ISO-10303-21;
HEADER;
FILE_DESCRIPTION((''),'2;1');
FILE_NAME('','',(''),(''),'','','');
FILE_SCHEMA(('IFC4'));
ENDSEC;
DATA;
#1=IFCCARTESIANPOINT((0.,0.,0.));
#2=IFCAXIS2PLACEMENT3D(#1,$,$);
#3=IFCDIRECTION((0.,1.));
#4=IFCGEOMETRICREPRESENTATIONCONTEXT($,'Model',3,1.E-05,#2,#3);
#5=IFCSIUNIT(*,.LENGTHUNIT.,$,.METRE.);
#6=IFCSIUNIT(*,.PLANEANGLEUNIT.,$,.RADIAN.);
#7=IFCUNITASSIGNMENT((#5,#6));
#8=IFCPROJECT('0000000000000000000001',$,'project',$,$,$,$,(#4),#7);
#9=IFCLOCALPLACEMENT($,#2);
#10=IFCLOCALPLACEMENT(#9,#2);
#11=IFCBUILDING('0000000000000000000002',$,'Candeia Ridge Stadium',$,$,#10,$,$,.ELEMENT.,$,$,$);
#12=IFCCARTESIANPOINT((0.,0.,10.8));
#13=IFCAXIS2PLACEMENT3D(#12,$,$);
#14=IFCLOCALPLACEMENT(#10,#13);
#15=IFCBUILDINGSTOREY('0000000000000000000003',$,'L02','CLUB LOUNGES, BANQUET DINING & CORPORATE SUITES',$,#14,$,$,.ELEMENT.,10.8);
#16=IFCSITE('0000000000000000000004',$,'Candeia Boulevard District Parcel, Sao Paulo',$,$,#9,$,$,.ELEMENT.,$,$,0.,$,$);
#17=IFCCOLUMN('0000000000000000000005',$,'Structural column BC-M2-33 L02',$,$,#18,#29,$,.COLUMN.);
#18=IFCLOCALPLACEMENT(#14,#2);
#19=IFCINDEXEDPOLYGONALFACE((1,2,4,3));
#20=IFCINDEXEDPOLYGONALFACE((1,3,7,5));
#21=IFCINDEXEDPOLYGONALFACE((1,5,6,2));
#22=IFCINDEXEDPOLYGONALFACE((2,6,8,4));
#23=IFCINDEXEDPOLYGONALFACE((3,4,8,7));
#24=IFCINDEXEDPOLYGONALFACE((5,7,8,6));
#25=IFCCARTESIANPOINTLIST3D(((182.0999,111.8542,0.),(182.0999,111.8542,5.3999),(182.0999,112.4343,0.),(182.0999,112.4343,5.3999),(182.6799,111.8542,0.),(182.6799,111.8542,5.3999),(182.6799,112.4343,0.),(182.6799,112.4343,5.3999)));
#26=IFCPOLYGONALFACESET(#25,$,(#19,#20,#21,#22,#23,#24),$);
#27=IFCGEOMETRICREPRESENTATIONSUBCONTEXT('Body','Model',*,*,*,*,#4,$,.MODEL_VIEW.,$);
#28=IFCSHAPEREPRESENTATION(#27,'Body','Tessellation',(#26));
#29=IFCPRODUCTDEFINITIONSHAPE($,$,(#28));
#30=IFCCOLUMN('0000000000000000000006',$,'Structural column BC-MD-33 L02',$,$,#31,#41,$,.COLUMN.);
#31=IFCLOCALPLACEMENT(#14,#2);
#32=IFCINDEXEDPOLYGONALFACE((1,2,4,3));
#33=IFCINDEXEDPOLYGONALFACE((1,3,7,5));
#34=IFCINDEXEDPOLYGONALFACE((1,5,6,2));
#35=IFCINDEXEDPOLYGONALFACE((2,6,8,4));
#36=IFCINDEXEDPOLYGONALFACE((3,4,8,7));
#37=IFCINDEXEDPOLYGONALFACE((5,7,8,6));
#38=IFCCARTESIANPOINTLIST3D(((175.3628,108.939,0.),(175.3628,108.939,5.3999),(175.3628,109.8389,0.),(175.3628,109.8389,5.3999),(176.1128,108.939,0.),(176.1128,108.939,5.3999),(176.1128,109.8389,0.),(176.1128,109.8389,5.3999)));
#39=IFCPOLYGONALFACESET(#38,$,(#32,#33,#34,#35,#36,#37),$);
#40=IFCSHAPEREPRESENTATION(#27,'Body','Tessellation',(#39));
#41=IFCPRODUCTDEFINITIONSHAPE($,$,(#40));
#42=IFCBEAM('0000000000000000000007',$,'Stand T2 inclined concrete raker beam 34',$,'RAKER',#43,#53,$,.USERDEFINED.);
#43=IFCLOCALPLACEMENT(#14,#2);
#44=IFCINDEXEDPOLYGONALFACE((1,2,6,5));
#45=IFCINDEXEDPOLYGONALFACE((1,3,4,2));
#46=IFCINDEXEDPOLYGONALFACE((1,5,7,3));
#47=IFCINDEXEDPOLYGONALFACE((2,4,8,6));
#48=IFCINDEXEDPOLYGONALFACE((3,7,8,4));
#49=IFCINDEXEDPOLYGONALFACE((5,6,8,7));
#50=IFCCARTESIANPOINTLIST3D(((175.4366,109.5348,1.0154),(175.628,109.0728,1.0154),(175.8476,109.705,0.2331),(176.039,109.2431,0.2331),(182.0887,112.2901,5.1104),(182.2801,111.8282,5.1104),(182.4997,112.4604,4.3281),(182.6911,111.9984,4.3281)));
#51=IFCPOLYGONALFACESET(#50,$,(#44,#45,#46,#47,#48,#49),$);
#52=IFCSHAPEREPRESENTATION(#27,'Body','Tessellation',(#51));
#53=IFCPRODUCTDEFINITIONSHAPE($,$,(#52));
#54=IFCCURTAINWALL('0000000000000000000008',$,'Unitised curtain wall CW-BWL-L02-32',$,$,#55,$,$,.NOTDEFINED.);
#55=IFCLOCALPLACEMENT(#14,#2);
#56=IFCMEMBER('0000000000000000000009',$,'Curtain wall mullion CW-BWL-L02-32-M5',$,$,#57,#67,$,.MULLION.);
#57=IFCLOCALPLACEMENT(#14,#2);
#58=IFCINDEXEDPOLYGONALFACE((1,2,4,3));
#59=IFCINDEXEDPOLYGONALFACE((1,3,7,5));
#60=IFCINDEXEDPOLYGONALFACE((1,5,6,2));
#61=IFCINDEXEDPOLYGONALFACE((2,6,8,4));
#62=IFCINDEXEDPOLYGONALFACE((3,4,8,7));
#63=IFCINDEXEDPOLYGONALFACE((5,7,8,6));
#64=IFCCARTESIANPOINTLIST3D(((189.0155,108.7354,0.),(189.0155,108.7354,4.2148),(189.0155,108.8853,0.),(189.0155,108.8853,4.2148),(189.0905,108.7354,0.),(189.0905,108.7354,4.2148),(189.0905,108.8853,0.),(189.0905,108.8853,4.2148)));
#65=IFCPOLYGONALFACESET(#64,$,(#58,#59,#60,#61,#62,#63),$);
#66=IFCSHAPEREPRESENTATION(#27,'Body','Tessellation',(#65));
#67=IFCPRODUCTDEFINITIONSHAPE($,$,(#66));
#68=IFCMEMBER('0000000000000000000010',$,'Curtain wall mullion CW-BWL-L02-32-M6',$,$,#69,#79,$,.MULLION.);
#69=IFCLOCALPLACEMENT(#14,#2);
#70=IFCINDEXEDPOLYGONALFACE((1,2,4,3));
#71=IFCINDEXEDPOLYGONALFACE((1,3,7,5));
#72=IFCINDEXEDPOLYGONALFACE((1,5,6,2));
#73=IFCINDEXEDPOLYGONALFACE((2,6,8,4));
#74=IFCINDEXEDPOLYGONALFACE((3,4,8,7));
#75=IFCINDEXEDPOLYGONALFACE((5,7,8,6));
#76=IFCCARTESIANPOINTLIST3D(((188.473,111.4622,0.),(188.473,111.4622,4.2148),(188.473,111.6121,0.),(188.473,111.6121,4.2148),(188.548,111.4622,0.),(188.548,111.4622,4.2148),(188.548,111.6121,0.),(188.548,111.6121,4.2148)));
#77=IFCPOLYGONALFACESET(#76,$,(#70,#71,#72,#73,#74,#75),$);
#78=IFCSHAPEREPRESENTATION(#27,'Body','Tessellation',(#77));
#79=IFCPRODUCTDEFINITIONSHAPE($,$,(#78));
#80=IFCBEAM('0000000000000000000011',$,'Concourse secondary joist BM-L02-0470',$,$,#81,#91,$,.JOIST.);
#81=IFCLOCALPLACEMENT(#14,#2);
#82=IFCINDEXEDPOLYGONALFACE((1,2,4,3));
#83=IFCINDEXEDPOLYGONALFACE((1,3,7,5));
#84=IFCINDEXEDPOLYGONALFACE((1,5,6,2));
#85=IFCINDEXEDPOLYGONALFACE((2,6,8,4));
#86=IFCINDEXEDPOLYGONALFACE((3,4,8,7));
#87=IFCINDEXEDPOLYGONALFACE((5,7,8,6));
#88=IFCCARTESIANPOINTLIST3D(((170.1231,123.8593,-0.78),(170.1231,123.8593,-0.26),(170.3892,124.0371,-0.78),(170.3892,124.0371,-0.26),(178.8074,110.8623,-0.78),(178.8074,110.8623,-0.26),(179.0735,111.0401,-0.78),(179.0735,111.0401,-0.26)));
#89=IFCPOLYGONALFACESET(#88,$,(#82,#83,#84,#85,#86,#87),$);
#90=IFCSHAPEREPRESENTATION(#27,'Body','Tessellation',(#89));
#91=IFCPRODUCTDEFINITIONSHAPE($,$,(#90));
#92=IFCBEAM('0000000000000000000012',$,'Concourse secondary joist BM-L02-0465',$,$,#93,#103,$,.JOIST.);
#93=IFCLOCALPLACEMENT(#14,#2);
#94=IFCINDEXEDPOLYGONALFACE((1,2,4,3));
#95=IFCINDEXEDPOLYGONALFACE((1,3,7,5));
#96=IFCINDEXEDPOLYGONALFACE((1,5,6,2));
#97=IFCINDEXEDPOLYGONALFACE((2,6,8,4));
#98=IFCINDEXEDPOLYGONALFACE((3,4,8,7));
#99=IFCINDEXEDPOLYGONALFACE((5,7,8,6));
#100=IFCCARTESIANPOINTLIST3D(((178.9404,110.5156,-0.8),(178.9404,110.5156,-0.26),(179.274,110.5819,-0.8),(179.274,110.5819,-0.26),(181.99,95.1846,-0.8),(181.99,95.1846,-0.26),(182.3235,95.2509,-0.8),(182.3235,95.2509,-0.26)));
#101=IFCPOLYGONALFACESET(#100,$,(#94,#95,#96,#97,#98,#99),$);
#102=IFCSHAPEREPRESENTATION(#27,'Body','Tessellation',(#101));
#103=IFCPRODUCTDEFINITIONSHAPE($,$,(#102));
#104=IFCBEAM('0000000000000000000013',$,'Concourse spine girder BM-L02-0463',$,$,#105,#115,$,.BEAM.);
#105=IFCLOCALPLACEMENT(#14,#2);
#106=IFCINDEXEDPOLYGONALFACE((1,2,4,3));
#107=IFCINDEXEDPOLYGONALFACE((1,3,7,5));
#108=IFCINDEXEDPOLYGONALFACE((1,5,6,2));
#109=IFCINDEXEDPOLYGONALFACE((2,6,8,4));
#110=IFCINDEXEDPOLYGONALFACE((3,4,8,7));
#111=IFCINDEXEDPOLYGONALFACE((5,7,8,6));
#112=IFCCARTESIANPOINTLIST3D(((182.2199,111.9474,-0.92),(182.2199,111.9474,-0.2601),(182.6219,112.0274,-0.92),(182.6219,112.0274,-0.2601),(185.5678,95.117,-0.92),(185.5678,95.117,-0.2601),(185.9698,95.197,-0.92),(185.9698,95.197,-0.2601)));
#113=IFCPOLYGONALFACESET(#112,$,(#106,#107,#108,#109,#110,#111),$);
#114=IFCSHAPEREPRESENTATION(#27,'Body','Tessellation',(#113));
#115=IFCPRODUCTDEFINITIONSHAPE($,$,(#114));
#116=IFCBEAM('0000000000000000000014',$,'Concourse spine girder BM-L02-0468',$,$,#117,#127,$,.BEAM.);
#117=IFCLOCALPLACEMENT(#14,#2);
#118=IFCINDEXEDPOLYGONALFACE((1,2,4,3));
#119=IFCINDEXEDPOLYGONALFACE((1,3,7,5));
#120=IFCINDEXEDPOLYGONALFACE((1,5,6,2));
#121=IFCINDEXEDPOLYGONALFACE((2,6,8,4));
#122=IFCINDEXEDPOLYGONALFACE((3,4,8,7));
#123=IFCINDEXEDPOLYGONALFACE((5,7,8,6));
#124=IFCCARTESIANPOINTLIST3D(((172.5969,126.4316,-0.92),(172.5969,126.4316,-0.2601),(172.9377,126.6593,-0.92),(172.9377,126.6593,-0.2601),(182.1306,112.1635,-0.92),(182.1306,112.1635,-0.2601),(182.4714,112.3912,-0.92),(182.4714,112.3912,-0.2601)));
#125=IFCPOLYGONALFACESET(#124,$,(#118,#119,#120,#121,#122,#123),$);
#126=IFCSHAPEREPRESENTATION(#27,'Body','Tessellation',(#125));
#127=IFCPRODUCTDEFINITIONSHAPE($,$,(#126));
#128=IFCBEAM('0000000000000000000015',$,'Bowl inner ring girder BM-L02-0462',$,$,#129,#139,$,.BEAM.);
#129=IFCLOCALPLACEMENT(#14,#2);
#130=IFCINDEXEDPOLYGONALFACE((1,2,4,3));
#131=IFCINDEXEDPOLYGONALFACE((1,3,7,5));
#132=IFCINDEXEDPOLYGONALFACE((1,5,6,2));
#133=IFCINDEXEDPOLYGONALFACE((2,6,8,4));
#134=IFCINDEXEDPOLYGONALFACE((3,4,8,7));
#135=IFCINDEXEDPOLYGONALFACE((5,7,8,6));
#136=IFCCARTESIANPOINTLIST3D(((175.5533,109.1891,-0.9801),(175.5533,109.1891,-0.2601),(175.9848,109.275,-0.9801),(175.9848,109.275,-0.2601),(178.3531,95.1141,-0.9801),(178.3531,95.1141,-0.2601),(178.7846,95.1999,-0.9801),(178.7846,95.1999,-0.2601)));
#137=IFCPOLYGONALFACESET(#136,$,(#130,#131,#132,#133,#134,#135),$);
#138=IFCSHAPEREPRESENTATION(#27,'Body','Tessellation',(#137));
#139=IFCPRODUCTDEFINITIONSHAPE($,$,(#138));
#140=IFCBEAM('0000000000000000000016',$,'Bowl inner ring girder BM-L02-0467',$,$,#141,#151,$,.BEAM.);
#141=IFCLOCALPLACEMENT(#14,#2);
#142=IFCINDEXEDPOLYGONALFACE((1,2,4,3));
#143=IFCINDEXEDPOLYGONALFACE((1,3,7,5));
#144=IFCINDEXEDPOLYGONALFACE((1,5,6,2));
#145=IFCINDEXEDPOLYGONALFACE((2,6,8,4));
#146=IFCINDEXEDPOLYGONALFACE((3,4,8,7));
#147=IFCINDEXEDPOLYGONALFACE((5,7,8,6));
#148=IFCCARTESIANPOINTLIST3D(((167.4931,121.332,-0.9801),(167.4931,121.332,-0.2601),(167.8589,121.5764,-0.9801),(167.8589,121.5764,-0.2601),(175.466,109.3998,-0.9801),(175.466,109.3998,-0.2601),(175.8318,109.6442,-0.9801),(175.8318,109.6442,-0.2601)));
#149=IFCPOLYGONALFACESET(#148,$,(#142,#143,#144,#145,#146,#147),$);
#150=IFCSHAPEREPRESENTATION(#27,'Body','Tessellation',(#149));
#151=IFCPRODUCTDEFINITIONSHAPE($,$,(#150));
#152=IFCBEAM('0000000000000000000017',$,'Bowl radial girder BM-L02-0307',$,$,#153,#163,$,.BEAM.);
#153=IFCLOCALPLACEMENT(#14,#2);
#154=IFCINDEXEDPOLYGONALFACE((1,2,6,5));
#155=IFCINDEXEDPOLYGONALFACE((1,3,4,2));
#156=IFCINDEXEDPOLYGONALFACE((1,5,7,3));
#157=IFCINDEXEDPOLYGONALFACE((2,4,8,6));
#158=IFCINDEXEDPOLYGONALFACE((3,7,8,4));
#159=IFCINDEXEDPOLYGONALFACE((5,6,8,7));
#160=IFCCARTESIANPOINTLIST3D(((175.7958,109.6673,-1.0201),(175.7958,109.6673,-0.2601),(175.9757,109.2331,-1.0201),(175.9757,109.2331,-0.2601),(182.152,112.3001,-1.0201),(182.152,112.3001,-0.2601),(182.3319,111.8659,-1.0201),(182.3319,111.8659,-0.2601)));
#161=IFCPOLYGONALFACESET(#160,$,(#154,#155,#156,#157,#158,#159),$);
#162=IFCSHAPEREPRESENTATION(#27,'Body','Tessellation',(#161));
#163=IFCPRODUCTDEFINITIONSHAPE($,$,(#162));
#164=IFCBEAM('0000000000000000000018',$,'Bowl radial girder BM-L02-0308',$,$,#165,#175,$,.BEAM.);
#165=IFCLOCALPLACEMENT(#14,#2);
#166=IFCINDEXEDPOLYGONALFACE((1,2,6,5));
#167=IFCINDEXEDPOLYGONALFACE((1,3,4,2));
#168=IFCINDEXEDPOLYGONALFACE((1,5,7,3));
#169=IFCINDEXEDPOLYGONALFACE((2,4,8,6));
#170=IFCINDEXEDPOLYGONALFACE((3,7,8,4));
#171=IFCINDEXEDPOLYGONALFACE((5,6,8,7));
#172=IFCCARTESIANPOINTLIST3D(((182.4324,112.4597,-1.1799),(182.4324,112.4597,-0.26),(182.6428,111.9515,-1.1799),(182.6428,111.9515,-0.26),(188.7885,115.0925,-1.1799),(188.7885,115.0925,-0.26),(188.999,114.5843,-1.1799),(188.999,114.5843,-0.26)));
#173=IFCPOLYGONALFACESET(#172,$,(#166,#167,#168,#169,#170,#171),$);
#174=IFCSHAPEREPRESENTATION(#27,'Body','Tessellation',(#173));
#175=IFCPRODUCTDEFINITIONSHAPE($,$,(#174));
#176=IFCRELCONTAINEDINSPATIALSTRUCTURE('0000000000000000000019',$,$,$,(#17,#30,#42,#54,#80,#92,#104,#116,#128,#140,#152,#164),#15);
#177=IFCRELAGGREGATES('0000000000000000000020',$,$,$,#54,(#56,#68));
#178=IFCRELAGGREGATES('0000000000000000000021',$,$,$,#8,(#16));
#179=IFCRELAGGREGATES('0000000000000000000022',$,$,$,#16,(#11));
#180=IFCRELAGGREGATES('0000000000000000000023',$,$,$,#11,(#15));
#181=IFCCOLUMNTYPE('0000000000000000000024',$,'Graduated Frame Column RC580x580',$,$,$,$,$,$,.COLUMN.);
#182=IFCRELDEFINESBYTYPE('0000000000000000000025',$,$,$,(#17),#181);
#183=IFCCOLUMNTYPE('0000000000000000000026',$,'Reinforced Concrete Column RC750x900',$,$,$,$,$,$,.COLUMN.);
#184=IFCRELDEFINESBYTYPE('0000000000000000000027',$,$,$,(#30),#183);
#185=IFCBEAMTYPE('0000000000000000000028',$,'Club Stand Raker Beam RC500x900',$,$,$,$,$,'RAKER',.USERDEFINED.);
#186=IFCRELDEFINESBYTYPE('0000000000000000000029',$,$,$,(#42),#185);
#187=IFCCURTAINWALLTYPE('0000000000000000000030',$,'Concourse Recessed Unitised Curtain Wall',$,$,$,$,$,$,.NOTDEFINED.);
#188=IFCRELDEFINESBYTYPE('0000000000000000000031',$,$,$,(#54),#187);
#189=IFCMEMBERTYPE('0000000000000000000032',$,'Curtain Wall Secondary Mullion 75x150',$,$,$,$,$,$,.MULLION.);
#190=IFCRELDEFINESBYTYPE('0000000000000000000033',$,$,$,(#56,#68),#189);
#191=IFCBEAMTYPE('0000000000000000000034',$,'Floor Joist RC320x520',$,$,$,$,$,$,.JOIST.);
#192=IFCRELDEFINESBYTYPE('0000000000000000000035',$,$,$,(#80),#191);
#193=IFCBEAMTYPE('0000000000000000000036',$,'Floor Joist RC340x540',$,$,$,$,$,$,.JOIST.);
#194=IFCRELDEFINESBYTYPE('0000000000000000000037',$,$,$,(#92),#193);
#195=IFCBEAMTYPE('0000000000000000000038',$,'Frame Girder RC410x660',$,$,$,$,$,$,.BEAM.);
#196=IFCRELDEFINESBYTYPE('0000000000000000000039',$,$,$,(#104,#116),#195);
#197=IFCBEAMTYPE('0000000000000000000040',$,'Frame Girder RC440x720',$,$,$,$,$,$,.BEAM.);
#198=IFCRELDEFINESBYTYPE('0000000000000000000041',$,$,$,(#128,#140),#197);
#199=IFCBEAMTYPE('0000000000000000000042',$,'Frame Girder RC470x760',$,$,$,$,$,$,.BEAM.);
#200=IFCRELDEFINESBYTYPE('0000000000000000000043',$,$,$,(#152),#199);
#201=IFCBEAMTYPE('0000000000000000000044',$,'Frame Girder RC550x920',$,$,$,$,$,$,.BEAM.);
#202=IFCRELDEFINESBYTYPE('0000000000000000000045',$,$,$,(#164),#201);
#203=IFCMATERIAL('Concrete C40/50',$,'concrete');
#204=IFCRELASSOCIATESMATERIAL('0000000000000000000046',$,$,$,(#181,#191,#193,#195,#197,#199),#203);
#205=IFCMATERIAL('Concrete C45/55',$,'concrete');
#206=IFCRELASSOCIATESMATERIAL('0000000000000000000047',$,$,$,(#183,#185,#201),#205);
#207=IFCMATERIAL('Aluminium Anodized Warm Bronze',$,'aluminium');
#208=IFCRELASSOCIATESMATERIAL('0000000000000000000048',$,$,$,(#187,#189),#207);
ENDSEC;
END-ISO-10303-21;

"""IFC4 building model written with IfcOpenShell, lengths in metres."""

from ifc_helpers import new_model, si_unit, direction, frame, origin, origin_2d, place, context, subcontext, project, spatial, rectangle, extrude, material, material_profile, profile_set, type_object, element, aggregate, save


model = new_model("IFC4")

# Units and contexts
model_context = context("Model", 3, precision=1e-05, world=origin(), true_north=direction((0.0, 1.0)))
body_context = subcontext(model_context, "Body", "Model", "MODEL_VIEW")
ifc_project = project(units=[si_unit("LENGTHUNIT", "METRE"), si_unit("PLANEANGLEUNIT", "RADIAN")], contexts=[model_context])

# Site, building, storey
site_placement = place(None, origin())
site = spatial("IfcSite", under=ifc_project, at=site_placement, Name="Candeia Boulevard District Parcel, Sao Paulo", CompositionType="ELEMENT", RefElevation=0.0)
building_placement = place(site_placement, origin())
building = spatial("IfcBuilding", under=site, at=building_placement, Name="Candeia Ridge Stadium", CompositionType="ELEMENT")
storey_placement = place(building_placement, frame((0.0, 0.0, 10.8)))
storey = spatial("IfcBuildingStorey", under=building, at=storey_placement, Name="L02", Description="CLUB LOUNGES, BANQUET DINING & CORPORATE SUITES", CompositionType="ELEMENT", Elevation=10.8)

# Columns
ifc_material_1 = material(Name="Concrete C40/50", Category="concrete")
ifc_material_profile_1 = material_profile(ifc_material_1, rectangle(XDim=0.5801, YDim=0.5801, at=origin_2d()), Name="RC580x580", Category="concrete")
ifc_profile_set_1 = profile_set([ifc_material_profile_1], Name="Concrete C40/50")
column_type_1 = type_object("IfcColumnType", Name="Graduated Frame Column RC580x580", PredefinedType="COLUMN", material=ifc_profile_set_1)
column_1_placement = place(storey_placement, frame((182.3899, 112.1443, 0.0), z_axis=(0.0, 0.0, 1.0), x_axis=(1.0, 0.0, 0.0)))
element("IfcColumn", 1, at=column_1_placement, inside=storey, type_object=column_type_1, Name="Structural column BC-M2-33 L02", PredefinedType="COLUMN", context=body_context, shape_type="SweptSolid", body=[
    extrude(rectangle(XDim=0.5801, YDim=0.5801, at=origin_2d()), origin(), (0.0, 0.0, 1.0), 5.3999),
])
ifc_material_2 = material(Name="Concrete C45/55", Category="concrete")
ifc_material_profile_2 = material_profile(ifc_material_2, rectangle(XDim=0.75, YDim=0.8999, at=origin_2d()), Name="RC750x900", Category="concrete")
ifc_profile_set_2 = profile_set([ifc_material_profile_2], Name="Concrete C45/55")
column_type_2 = type_object("IfcColumnType", Name="Reinforced Concrete Column RC750x900", PredefinedType="COLUMN", material=ifc_profile_set_2)
column_2_placement = place(storey_placement, frame((175.7378, 109.3889, 0.0), z_axis=(0.0, 0.0, 1.0), x_axis=(1.0, 0.0, 0.0)))
element("IfcColumn", 2, at=column_2_placement, inside=storey, type_object=column_type_2, Name="Structural column BC-MD-33 L02", PredefinedType="COLUMN", context=body_context, shape_type="SweptSolid", body=[
    extrude(rectangle(XDim=0.75, YDim=0.8999, at=origin_2d()), origin(), (0.0, 0.0, 1.0), 5.3999),
])

# Beam
ifc_material_profile_3 = material_profile(ifc_material_2, rectangle(XDim=0.5, YDim=0.8999, at=origin_2d()), Name="RC500x900", Category="concrete")
ifc_profile_set_3 = profile_set([ifc_material_profile_3], Name="Concrete C45/55")
beam_type_1 = type_object("IfcBeamType", Name="Club Stand Raker Beam RC500x900", ElementType="RAKER", PredefinedType="USERDEFINED", material=ifc_profile_set_3)
beam_1_placement = place(storey_placement, frame((175.7378, 109.3889, 0.6243), z_axis=(0.803084, 0.332646, 0.494371), x_axis=(-0.382681, 0.92388, 0.0)))
element("IfcBeam", 3, at=beam_1_placement, inside=storey, type_object=beam_type_1, Name="Stand T2 inclined concrete raker beam 34", ObjectType="RAKER", PredefinedType="USERDEFINED", context=body_context, shape_type="SweptSolid", body=[
    extrude(rectangle(XDim=0.5, YDim=0.8999, at=origin_2d()), origin(), (0.0, 0.0, 1.0), 8.2832),
])

# Curtain wall, members
ifc_material_3 = material(Name="Aluminium Anodized Warm Bronze", Category="aluminium")
curtain_wall_type = type_object("IfcCurtainWallType", Name="Concourse Recessed Unitised Curtain Wall", PredefinedType="NOTDEFINED", material=ifc_material_3)
curtain_wall_placement = place(storey_placement, origin())
curtain_wall = element("IfcCurtainWall", 4, at=curtain_wall_placement, inside=storey, type_object=curtain_wall_type, Name="Unitised curtain wall CW-BWL-L02-32", PredefinedType="NOTDEFINED")
ifc_material_profile_4 = material_profile(ifc_material_3, rectangle(XDim=0.075, YDim=0.1499, at=origin_2d()), Name="CWM-75x150", Category="aluminium")
ifc_profile_set_4 = profile_set([ifc_material_profile_4], Name="Aluminium Anodized Warm Bronze")
member_type = type_object("IfcMemberType", Name="Curtain Wall Secondary Mullion 75x150", PredefinedType="MULLION", material=ifc_profile_set_4)
member_1_placement = place(storey_placement, frame((189.053, 108.8103, 0.0), z_axis=(0.0, 0.0, 1.0), x_axis=(1.0, 0.0, 0.0)))
member_1 = element("IfcMember", 5, at=member_1_placement, type_object=member_type, Name="Curtain wall mullion CW-BWL-L02-32-M5", PredefinedType="MULLION", context=body_context, shape_type="SweptSolid", body=[
    extrude(rectangle(XDim=0.075, YDim=0.1499, at=origin_2d()), origin(), (0.0, 0.0, 1.0), 4.2148),
])
member_2_placement = place(storey_placement, frame((188.5105, 111.5371, 0.0), z_axis=(0.0, 0.0, 1.0), x_axis=(1.0, 0.0, 0.0)))
member_2 = element("IfcMember", 6, at=member_2_placement, type_object=member_type, Name="Curtain wall mullion CW-BWL-L02-32-M6", PredefinedType="MULLION", context=body_context, shape_type="SweptSolid", body=[
    extrude(rectangle(XDim=0.075, YDim=0.1499, at=origin_2d()), origin(), (0.0, 0.0, 1.0), 4.2148),
])

# Beams
ifc_material_profile_5 = material_profile(ifc_material_1, rectangle(XDim=0.3201, YDim=0.52, at=origin_2d()), Name="RC320x520", Category="concrete")
ifc_profile_set_5 = profile_set([ifc_material_profile_5], Name="Concrete C40/50")
beam_type_2 = type_object("IfcBeamType", Name="Floor Joist RC320x520", PredefinedType="JOIST", material=ifc_profile_set_5)
beam_2_placement = place(storey_placement, frame((178.9404, 110.9512, -0.52), z_axis=(-0.555569, 0.831471, 0.0), x_axis=(-0.831471, -0.555569, 0.0)))
element("IfcBeam", 7, at=beam_2_placement, inside=storey, type_object=beam_type_2, Name="Concourse secondary joist BM-L02-0470", PredefinedType="JOIST", context=body_context, shape_type="SweptSolid", body=[
    extrude(rectangle(XDim=0.3201, YDim=0.52, at=origin_2d()), origin(), (0.0, 0.0, 1.0), 15.6313),
])
ifc_material_profile_6 = material_profile(ifc_material_1, rectangle(XDim=0.3401, YDim=0.54, at=origin_2d()), Name="RC340x540", Category="concrete")
ifc_profile_set_6 = profile_set([ifc_material_profile_6], Name="Concrete C40/50")
beam_type_3 = type_object("IfcBeamType", Name="Floor Joist RC340x540", PredefinedType="JOIST", material=ifc_profile_set_6)
beam_3_placement = place(storey_placement, frame((182.1567, 95.2178, -0.53), z_axis=(-0.195092, 0.980785, 0.0), x_axis=(-0.980785, -0.195092, 0.0)))
element("IfcBeam", 8, at=beam_3_placement, inside=storey, type_object=beam_type_3, Name="Concourse secondary joist BM-L02-0465", PredefinedType="JOIST", context=body_context, shape_type="SweptSolid", body=[
    extrude(rectangle(XDim=0.3401, YDim=0.54, at=origin_2d()), origin(), (0.0, 0.0, 1.0), 15.6313),
])
ifc_material_profile_7 = material_profile(ifc_material_1, rectangle(XDim=0.4099, YDim=0.6599, at=origin_2d()), Name="RC410x660", Category="concrete")
ifc_profile_set_7 = profile_set([ifc_material_profile_7], Name="Concrete C40/50")
beam_type_4 = type_object("IfcBeamType", Name="Frame Girder RC410x660", PredefinedType="BEAM", material=ifc_profile_set_7)
for number, where, z_axis, x_axis, name in (
    (9, (185.7688, 95.157, -0.5901), (-0.195098, 0.980784, 0.0), (-0.980784, -0.195098, 0.0), "Concourse spine girder BM-L02-0463"),
    (10, (182.301, 112.2773, -0.5901), (-0.555573, 0.831468, 0.0), (-0.831468, -0.555573, 0.0), "Concourse spine girder BM-L02-0468"),
):
    element("IfcBeam", number, at=place(storey_placement, frame(where, z_axis=z_axis, x_axis=x_axis)), inside=storey, type_object=beam_type_4, Name=name, PredefinedType="BEAM", context=body_context, shape_type="SweptSolid", body=[
        extrude(rectangle(XDim=0.4099, YDim=0.6599, at=origin_2d()), origin(), (0.0, 0.0, 1.0), 17.1602),
    ])
ifc_material_profile_8 = material_profile(ifc_material_1, rectangle(XDim=0.4399, YDim=0.72, at=origin_2d()), Name="RC440x720", Category="concrete")
ifc_profile_set_8 = profile_set([ifc_material_profile_8], Name="Concrete C40/50")
beam_type_5 = type_object("IfcBeamType", Name="Frame Girder RC440x720", PredefinedType="BEAM", material=ifc_profile_set_8)
for number, where, z_axis, x_axis, name in (
    (11, (178.5688, 95.157, -0.6201), (-0.195099, 0.980784, 0.0), (-0.980784, -0.195099, 0.0), "Bowl inner ring girder BM-L02-0462"),
    (12, (175.6489, 109.522, -0.6201), (-0.555575, 0.831466, 0.0), (-0.831466, -0.555575, 0.0), "Bowl inner ring girder BM-L02-0467"),
):
    element("IfcBeam", number, at=place(storey_placement, frame(where, z_axis=z_axis, x_axis=x_axis)), inside=storey, type_object=beam_type_5, Name=name, PredefinedType="BEAM", context=body_context, shape_type="SweptSolid", body=[
        extrude(rectangle(XDim=0.4399, YDim=0.72, at=origin_2d()), origin(), (0.0, 0.0, 1.0), 14.3508),
    ])
ifc_material_profile_9 = material_profile(ifc_material_1, rectangle(XDim=0.47, YDim=0.76, at=origin_2d()), Name="RC470x760", Category="concrete")
ifc_profile_set_9 = profile_set([ifc_material_profile_9], Name="Concrete C40/50")
beam_type_6 = type_object("IfcBeamType", Name="Frame Girder RC470x760", PredefinedType="BEAM", material=ifc_profile_set_9)
beam_4_placement = place(storey_placement, frame((175.8857, 109.4502, -0.6401), z_axis=(0.92388, 0.382682, 0.0), x_axis=(-0.382682, 0.92388, 0.0)))
element("IfcBeam", 13, at=beam_4_placement, inside=storey, type_object=beam_type_6, Name="Bowl radial girder BM-L02-0307", PredefinedType="BEAM", context=body_context, shape_type="SweptSolid", body=[
    extrude(rectangle(XDim=0.47, YDim=0.76, at=origin_2d()), origin(), (0.0, 0.0, 1.0), 6.8799),
])
ifc_material_profile_10 = material_profile(ifc_material_2, rectangle(XDim=0.55, YDim=0.9199, at=origin_2d()), Name="RC550x920", Category="concrete")
ifc_profile_set_10 = profile_set([ifc_material_profile_10], Name="Concrete C45/55")
beam_type_7 = type_object("IfcBeamType", Name="Frame Girder RC550x920", PredefinedType="BEAM", material=ifc_profile_set_10)
beam_5_placement = place(storey_placement, frame((182.5376, 112.2056, -0.72), z_axis=(0.92388, 0.382682, 0.0), x_axis=(-0.382682, 0.92388, 0.0)))
element("IfcBeam", 14, at=beam_5_placement, inside=storey, type_object=beam_type_7, Name="Bowl radial girder BM-L02-0308", PredefinedType="BEAM", context=body_context, shape_type="SweptSolid", body=[
    extrude(rectangle(XDim=0.55, YDim=0.9199, at=origin_2d()), origin(), (0.0, 0.0, 1.0), 6.8799),
])

aggregate(curtain_wall, [member_1, member_2])

save(model, "model.ifc")
